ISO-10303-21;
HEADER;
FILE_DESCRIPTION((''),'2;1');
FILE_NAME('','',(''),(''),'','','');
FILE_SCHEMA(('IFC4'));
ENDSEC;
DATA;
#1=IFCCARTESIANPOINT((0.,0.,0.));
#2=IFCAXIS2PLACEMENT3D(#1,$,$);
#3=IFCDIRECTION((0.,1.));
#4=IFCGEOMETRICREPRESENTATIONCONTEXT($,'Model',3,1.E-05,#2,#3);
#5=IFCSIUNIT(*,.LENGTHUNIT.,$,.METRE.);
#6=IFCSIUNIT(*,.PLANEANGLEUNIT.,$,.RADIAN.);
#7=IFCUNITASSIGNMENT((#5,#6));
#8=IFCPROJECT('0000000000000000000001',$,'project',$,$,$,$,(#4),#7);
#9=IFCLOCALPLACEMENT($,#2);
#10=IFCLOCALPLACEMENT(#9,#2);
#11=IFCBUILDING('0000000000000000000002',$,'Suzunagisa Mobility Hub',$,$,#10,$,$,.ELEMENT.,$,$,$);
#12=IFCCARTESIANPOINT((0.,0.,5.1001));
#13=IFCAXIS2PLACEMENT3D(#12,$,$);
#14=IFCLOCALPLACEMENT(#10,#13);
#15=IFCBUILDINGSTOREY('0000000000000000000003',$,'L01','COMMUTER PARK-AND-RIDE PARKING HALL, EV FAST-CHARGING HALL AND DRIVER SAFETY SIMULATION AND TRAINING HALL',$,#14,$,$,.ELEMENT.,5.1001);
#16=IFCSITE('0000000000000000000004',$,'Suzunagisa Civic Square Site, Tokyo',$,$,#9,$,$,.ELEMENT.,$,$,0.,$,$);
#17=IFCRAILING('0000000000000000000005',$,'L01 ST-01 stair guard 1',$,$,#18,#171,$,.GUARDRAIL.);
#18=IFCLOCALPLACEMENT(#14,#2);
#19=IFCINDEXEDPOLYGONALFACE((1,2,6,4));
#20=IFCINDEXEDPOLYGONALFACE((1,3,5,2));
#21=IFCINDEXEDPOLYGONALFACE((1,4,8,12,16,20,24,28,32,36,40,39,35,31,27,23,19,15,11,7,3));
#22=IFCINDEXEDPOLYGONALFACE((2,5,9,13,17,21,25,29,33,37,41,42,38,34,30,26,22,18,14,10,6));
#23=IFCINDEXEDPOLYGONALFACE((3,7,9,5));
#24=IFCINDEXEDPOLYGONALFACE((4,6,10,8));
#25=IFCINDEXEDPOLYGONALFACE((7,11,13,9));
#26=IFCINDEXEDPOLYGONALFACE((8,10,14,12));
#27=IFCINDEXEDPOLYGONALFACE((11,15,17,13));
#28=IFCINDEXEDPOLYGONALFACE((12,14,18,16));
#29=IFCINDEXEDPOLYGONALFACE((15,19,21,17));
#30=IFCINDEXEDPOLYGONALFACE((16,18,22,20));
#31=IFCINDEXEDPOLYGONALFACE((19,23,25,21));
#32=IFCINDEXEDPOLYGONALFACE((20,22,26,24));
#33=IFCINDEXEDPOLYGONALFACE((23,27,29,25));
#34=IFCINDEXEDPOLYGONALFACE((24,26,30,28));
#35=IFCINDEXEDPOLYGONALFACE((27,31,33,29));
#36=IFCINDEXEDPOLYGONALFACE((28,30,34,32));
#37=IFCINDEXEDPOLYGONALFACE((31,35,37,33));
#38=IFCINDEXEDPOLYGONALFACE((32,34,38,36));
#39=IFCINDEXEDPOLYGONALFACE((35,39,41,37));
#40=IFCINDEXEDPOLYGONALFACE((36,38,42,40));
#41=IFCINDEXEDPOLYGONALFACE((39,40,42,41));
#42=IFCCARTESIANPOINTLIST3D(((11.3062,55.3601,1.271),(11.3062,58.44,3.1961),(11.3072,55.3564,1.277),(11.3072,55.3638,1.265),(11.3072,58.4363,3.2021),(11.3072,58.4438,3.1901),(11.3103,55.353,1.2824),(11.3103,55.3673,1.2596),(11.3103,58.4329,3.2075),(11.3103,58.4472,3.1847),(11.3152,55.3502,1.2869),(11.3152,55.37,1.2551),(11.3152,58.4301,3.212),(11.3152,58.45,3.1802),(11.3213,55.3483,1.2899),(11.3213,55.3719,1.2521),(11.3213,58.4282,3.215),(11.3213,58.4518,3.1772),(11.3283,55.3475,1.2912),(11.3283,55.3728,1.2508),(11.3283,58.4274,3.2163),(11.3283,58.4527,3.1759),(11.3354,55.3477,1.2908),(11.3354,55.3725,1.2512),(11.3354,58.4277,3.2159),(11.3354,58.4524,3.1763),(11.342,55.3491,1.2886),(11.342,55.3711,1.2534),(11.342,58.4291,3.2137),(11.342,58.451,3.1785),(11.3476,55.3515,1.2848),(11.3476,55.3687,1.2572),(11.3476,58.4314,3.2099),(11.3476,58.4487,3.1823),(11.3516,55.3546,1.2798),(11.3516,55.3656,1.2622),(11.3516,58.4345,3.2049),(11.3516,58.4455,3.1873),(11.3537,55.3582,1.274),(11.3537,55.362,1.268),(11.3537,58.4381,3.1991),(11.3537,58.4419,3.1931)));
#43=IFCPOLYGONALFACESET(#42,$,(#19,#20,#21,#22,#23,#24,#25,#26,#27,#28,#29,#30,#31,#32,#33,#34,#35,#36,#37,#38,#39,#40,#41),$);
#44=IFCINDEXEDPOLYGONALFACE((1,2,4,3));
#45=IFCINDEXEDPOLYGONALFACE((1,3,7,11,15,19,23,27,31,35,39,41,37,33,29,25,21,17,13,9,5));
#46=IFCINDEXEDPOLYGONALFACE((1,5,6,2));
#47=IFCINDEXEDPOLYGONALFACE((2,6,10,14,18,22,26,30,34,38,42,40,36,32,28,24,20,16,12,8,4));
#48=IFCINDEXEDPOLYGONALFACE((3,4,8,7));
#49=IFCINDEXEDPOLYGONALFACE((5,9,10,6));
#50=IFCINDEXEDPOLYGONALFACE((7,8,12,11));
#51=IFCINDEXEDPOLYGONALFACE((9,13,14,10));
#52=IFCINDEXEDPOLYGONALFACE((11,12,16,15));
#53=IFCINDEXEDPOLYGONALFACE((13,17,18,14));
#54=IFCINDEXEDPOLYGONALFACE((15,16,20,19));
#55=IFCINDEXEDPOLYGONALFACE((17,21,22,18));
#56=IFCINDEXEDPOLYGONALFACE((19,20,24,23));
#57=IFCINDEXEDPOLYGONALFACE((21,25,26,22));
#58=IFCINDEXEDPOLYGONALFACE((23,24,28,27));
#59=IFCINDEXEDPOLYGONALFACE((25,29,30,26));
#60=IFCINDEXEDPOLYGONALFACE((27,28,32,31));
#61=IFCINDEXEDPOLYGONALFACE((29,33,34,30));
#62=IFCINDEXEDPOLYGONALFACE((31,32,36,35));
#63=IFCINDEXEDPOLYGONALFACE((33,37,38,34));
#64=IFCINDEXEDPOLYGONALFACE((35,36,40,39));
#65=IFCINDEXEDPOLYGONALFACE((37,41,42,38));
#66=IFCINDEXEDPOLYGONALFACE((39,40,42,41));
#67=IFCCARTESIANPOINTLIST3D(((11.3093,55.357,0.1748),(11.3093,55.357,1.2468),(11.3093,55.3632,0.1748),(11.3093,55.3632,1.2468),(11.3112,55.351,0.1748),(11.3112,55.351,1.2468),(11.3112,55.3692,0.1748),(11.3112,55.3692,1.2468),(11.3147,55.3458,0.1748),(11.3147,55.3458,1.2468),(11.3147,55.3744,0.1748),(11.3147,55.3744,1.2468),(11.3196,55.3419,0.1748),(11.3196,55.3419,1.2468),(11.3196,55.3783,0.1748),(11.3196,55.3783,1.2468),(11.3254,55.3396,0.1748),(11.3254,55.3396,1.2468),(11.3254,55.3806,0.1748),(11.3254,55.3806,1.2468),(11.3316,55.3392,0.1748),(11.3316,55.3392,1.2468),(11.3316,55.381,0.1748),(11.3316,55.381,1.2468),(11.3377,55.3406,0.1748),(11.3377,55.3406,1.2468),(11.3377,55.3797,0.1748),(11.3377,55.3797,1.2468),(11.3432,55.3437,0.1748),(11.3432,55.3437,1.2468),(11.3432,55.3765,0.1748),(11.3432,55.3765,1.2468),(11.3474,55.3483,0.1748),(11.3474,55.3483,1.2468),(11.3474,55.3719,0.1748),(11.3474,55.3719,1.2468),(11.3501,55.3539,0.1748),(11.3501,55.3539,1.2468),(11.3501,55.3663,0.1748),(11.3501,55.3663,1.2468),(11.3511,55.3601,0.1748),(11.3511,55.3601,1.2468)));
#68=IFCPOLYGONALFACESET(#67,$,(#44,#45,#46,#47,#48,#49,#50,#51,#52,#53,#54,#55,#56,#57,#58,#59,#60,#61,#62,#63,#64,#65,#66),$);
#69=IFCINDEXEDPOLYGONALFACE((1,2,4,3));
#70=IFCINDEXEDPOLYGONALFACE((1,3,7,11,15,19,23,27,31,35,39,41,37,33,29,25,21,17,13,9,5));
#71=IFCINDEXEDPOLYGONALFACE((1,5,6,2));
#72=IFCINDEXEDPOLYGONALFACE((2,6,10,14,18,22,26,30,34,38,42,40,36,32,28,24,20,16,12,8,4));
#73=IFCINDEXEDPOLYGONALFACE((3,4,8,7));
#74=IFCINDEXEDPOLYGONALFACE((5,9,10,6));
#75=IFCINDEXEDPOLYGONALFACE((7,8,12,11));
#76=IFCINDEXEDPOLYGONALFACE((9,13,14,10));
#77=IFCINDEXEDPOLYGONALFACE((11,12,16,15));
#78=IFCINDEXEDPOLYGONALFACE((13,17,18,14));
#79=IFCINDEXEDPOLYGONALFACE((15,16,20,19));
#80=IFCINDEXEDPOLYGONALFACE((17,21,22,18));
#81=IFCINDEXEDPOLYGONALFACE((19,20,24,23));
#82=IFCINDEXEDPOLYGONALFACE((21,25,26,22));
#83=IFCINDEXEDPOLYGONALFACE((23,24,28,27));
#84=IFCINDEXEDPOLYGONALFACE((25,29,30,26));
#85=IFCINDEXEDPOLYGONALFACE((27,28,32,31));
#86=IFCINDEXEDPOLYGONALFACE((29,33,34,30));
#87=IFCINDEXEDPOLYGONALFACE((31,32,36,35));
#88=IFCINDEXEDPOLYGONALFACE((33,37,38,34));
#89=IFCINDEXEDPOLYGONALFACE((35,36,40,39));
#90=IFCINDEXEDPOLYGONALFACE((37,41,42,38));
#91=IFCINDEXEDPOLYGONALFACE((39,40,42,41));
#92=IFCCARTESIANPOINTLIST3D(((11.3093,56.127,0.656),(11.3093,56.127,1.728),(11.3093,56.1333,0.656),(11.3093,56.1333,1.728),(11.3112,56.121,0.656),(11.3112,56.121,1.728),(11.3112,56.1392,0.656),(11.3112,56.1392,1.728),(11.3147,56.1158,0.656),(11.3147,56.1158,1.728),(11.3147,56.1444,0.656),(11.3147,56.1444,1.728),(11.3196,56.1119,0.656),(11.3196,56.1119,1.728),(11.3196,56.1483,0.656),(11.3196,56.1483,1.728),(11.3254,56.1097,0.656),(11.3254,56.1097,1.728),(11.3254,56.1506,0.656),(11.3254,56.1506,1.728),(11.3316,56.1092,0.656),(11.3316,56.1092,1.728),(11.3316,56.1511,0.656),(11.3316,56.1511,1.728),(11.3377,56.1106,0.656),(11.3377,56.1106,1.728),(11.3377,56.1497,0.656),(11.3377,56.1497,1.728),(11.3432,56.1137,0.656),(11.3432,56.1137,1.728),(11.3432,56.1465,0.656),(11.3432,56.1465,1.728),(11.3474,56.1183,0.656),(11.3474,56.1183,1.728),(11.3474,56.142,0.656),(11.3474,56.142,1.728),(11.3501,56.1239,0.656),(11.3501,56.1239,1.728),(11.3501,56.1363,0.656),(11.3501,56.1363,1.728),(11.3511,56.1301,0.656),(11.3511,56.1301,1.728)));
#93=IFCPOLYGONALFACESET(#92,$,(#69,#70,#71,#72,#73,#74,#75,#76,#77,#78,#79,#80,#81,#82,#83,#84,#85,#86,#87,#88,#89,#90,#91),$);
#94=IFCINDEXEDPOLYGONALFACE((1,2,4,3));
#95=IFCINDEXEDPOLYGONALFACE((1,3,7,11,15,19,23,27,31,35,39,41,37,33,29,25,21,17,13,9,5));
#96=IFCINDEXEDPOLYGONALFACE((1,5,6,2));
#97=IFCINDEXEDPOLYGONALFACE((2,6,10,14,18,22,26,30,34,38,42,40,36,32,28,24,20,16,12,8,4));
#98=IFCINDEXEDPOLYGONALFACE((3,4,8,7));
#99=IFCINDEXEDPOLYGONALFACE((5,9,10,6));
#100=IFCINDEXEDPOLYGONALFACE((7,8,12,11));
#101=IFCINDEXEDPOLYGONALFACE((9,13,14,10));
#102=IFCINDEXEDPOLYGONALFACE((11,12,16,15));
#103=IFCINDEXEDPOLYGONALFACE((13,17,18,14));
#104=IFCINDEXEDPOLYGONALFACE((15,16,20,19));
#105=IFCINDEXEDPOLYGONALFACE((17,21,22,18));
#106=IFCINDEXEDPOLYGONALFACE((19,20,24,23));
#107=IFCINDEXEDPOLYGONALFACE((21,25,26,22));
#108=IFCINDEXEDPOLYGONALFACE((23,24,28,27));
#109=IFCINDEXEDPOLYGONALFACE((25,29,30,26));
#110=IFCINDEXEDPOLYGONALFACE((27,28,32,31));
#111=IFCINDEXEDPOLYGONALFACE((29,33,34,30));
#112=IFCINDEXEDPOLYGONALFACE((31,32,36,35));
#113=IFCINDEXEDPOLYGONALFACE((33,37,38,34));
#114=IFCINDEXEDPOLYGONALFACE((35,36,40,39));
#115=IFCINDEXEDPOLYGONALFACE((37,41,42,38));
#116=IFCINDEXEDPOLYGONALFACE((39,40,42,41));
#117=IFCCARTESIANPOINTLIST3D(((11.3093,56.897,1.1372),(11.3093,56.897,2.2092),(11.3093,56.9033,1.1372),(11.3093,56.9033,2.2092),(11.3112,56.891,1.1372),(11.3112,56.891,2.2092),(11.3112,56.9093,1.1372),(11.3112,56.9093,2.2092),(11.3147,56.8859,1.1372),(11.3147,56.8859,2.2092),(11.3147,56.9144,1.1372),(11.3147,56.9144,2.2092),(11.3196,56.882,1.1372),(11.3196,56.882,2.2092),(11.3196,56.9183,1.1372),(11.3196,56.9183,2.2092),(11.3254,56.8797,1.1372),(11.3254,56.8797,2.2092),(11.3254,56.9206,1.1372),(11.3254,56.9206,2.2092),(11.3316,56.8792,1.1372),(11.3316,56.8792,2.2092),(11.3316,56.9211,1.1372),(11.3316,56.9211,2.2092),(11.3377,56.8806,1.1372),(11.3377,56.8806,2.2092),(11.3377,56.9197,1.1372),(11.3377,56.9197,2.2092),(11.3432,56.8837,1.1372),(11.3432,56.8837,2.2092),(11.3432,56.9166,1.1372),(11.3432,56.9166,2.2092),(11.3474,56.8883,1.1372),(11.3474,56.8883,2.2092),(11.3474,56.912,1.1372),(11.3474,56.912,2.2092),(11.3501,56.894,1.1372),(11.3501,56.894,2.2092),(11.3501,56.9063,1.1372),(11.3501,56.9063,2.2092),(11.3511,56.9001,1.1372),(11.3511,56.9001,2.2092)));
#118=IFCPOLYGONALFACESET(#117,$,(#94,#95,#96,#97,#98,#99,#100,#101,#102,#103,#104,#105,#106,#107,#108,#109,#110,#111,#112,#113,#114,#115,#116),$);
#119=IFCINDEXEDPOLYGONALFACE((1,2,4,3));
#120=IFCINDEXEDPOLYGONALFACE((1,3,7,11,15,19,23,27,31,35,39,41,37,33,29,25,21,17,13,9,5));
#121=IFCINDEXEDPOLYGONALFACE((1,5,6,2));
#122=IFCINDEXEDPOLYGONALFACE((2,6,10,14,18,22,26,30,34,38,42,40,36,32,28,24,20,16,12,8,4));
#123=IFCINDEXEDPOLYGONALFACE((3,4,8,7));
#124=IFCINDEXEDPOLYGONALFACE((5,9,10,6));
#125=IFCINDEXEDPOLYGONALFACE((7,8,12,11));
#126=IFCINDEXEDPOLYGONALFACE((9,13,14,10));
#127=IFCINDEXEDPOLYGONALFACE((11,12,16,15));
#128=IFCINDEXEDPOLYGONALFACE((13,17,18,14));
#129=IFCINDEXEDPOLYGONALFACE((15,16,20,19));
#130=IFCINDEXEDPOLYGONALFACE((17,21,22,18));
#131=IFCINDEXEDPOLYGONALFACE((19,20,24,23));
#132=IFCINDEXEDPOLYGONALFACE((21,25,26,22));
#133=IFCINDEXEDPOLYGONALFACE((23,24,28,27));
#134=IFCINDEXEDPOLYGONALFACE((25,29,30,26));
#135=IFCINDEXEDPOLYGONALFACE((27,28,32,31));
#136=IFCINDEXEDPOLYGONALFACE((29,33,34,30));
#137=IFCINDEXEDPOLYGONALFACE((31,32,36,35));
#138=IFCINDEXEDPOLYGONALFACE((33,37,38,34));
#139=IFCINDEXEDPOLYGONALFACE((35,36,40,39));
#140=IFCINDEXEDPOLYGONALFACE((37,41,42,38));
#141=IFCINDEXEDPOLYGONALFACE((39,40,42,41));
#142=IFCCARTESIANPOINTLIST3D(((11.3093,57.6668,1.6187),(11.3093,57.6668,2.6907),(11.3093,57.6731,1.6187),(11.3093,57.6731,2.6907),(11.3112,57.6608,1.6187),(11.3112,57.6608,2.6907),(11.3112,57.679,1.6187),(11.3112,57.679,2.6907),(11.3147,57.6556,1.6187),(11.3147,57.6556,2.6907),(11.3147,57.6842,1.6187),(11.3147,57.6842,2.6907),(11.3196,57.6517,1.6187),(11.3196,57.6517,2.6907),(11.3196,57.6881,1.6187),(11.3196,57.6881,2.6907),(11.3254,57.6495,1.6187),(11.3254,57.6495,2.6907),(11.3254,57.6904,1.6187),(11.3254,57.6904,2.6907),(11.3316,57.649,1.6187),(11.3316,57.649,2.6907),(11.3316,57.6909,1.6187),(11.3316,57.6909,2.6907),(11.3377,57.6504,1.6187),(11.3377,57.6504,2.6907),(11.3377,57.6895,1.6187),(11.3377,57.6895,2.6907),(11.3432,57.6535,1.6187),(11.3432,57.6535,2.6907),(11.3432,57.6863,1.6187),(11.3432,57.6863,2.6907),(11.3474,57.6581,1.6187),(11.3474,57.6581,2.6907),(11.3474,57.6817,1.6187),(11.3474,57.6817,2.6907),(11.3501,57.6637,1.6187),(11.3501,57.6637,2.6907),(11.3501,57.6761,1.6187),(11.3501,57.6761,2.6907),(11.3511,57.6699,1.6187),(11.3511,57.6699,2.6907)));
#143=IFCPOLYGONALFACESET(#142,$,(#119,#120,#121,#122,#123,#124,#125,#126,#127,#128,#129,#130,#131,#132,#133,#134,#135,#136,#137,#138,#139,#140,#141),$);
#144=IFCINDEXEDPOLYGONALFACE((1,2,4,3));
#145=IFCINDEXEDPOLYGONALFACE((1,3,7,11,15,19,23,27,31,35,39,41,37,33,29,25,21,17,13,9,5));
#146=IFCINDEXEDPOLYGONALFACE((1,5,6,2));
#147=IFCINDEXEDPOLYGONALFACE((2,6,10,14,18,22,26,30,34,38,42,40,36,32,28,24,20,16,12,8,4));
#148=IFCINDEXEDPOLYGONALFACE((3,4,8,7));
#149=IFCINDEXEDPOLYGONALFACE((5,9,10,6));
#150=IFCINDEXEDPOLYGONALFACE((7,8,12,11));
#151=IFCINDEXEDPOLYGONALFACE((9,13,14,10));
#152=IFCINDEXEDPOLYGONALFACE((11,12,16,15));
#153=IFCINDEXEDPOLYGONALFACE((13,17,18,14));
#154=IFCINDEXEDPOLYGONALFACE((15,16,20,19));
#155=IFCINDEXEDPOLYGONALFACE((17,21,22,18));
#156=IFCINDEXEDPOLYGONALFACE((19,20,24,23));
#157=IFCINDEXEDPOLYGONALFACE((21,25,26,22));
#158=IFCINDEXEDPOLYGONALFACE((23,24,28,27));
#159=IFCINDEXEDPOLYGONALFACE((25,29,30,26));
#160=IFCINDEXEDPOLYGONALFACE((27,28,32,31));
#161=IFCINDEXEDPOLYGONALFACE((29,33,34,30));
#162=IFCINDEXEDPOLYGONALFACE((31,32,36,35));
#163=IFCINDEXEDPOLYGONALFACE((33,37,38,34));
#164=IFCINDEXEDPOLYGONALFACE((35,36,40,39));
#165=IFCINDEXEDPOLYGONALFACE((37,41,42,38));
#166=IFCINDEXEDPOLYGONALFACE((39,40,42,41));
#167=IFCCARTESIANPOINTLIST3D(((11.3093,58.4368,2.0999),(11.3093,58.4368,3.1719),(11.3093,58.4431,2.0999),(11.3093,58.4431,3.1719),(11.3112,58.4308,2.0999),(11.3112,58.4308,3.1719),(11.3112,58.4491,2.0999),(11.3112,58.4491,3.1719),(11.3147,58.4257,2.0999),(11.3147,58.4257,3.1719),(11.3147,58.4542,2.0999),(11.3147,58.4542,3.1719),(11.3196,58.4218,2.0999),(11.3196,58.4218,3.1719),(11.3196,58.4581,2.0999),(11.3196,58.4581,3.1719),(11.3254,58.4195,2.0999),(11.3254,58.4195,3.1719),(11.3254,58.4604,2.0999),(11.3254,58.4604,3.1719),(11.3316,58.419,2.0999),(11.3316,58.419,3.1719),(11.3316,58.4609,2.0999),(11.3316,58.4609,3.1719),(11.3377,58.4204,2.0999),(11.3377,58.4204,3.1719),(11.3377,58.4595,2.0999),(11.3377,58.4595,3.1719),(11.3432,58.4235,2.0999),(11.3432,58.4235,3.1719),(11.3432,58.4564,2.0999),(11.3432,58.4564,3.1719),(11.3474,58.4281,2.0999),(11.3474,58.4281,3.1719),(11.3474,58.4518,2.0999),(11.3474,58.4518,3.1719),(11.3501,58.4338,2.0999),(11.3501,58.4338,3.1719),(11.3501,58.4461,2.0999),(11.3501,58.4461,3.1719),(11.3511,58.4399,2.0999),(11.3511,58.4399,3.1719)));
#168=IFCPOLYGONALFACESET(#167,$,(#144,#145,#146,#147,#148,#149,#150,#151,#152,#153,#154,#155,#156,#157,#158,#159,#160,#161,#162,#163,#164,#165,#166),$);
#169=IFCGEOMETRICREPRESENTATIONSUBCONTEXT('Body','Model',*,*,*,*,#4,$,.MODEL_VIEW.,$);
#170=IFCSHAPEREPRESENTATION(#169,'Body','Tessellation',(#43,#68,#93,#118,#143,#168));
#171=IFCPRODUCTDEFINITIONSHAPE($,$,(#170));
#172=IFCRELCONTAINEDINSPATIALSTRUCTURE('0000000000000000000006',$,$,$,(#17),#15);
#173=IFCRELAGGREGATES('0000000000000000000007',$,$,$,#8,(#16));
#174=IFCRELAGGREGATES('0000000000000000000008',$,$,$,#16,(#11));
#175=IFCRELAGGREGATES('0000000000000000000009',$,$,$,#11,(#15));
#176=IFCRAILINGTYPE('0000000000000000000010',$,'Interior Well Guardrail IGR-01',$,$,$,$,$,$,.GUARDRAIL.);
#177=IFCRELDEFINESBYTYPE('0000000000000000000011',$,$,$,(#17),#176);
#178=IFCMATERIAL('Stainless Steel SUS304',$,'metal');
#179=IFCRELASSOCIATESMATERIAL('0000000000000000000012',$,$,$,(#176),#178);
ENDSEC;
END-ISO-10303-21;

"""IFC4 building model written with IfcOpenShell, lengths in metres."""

from ifc_helpers import new_model, si_unit, direction, frame, origin, origin_2d, place, context, subcontext, project, spatial, circle, extrude, material, type_object, element, save


model = new_model("IFC4")

# Units and contexts
model_context = context("Model", 3, precision=1e-05, world=origin(), true_north=direction((0.0, 1.0)))
body_context = subcontext(model_context, "Body", "Model", "MODEL_VIEW")
ifc_project = project(units=[si_unit("LENGTHUNIT", "METRE"), si_unit("PLANEANGLEUNIT", "RADIAN")], contexts=[model_context])

# Site, building, storey
site_placement = place(None, origin())
site = spatial("IfcSite", under=ifc_project, at=site_placement, Name="Suzunagisa Civic Square Site, Tokyo", CompositionType="ELEMENT", RefElevation=0.0)
building_placement = place(site_placement, origin())
building = spatial("IfcBuilding", under=site, at=building_placement, Name="Suzunagisa Mobility Hub", CompositionType="ELEMENT")
storey_placement = place(building_placement, frame((0.0, 0.0, 5.1001)))
storey = spatial("IfcBuildingStorey", under=building, at=storey_placement, Name="L01", Description="COMMUTER PARK-AND-RIDE PARKING HALL, EV FAST-CHARGING HALL AND DRIVER SAFETY SIMULATION AND TRAINING HALL", CompositionType="ELEMENT", Elevation=5.1001)

# Railing
ifc_material_1 = material(Name="Stainless Steel SUS304", Category="metal")
railing_type_1 = type_object("IfcRailingType", Name="Interior Well Guardrail IGR-01", PredefinedType="GUARDRAIL", material=ifc_material_1)
railing_1_placement = place(storey_placement, frame((11.3301, 55.3601, 0.1748)))
element("IfcRailing", 1, at=railing_1_placement, inside=storey, type_object=railing_type_1, Name="L01 ST-01 stair guard 1", PredefinedType="GUARDRAIL", context=body_context, shape_type="SweptSolid", body=[
    extrude(circle(Radius=0.0239, at=origin_2d()), frame((0.0, 0.0, 1.0962), z_axis=(0.0, 0.847979, 0.530029), x_axis=(-1.0, 0.0, 0.0)), (0.0, 0.0, 1.0), 3.6321),
    extrude(circle(Radius=0.021, at=origin_2d()), origin(), (0.0, 0.0, 1.0), 1.072),
    extrude(circle(Radius=0.021, at=origin_2d()), frame((0.0, 0.77, 0.4812)), (0.0, 0.0, 1.0), 1.072),
    extrude(circle(Radius=0.021, at=origin_2d()), frame((0.0, 1.54, 0.9624)), (0.0, 0.0, 1.0), 1.072),
    extrude(circle(Radius=0.021, at=origin_2d()), frame((0.0, 2.3098, 1.4438)), (0.0, 0.0, 1.0), 1.072),
    extrude(circle(Radius=0.021, at=origin_2d()), frame((0.0, 3.0798, 1.925)), (0.0, 0.0, 1.0), 1.072),
])

save(model, "model.ifc")
